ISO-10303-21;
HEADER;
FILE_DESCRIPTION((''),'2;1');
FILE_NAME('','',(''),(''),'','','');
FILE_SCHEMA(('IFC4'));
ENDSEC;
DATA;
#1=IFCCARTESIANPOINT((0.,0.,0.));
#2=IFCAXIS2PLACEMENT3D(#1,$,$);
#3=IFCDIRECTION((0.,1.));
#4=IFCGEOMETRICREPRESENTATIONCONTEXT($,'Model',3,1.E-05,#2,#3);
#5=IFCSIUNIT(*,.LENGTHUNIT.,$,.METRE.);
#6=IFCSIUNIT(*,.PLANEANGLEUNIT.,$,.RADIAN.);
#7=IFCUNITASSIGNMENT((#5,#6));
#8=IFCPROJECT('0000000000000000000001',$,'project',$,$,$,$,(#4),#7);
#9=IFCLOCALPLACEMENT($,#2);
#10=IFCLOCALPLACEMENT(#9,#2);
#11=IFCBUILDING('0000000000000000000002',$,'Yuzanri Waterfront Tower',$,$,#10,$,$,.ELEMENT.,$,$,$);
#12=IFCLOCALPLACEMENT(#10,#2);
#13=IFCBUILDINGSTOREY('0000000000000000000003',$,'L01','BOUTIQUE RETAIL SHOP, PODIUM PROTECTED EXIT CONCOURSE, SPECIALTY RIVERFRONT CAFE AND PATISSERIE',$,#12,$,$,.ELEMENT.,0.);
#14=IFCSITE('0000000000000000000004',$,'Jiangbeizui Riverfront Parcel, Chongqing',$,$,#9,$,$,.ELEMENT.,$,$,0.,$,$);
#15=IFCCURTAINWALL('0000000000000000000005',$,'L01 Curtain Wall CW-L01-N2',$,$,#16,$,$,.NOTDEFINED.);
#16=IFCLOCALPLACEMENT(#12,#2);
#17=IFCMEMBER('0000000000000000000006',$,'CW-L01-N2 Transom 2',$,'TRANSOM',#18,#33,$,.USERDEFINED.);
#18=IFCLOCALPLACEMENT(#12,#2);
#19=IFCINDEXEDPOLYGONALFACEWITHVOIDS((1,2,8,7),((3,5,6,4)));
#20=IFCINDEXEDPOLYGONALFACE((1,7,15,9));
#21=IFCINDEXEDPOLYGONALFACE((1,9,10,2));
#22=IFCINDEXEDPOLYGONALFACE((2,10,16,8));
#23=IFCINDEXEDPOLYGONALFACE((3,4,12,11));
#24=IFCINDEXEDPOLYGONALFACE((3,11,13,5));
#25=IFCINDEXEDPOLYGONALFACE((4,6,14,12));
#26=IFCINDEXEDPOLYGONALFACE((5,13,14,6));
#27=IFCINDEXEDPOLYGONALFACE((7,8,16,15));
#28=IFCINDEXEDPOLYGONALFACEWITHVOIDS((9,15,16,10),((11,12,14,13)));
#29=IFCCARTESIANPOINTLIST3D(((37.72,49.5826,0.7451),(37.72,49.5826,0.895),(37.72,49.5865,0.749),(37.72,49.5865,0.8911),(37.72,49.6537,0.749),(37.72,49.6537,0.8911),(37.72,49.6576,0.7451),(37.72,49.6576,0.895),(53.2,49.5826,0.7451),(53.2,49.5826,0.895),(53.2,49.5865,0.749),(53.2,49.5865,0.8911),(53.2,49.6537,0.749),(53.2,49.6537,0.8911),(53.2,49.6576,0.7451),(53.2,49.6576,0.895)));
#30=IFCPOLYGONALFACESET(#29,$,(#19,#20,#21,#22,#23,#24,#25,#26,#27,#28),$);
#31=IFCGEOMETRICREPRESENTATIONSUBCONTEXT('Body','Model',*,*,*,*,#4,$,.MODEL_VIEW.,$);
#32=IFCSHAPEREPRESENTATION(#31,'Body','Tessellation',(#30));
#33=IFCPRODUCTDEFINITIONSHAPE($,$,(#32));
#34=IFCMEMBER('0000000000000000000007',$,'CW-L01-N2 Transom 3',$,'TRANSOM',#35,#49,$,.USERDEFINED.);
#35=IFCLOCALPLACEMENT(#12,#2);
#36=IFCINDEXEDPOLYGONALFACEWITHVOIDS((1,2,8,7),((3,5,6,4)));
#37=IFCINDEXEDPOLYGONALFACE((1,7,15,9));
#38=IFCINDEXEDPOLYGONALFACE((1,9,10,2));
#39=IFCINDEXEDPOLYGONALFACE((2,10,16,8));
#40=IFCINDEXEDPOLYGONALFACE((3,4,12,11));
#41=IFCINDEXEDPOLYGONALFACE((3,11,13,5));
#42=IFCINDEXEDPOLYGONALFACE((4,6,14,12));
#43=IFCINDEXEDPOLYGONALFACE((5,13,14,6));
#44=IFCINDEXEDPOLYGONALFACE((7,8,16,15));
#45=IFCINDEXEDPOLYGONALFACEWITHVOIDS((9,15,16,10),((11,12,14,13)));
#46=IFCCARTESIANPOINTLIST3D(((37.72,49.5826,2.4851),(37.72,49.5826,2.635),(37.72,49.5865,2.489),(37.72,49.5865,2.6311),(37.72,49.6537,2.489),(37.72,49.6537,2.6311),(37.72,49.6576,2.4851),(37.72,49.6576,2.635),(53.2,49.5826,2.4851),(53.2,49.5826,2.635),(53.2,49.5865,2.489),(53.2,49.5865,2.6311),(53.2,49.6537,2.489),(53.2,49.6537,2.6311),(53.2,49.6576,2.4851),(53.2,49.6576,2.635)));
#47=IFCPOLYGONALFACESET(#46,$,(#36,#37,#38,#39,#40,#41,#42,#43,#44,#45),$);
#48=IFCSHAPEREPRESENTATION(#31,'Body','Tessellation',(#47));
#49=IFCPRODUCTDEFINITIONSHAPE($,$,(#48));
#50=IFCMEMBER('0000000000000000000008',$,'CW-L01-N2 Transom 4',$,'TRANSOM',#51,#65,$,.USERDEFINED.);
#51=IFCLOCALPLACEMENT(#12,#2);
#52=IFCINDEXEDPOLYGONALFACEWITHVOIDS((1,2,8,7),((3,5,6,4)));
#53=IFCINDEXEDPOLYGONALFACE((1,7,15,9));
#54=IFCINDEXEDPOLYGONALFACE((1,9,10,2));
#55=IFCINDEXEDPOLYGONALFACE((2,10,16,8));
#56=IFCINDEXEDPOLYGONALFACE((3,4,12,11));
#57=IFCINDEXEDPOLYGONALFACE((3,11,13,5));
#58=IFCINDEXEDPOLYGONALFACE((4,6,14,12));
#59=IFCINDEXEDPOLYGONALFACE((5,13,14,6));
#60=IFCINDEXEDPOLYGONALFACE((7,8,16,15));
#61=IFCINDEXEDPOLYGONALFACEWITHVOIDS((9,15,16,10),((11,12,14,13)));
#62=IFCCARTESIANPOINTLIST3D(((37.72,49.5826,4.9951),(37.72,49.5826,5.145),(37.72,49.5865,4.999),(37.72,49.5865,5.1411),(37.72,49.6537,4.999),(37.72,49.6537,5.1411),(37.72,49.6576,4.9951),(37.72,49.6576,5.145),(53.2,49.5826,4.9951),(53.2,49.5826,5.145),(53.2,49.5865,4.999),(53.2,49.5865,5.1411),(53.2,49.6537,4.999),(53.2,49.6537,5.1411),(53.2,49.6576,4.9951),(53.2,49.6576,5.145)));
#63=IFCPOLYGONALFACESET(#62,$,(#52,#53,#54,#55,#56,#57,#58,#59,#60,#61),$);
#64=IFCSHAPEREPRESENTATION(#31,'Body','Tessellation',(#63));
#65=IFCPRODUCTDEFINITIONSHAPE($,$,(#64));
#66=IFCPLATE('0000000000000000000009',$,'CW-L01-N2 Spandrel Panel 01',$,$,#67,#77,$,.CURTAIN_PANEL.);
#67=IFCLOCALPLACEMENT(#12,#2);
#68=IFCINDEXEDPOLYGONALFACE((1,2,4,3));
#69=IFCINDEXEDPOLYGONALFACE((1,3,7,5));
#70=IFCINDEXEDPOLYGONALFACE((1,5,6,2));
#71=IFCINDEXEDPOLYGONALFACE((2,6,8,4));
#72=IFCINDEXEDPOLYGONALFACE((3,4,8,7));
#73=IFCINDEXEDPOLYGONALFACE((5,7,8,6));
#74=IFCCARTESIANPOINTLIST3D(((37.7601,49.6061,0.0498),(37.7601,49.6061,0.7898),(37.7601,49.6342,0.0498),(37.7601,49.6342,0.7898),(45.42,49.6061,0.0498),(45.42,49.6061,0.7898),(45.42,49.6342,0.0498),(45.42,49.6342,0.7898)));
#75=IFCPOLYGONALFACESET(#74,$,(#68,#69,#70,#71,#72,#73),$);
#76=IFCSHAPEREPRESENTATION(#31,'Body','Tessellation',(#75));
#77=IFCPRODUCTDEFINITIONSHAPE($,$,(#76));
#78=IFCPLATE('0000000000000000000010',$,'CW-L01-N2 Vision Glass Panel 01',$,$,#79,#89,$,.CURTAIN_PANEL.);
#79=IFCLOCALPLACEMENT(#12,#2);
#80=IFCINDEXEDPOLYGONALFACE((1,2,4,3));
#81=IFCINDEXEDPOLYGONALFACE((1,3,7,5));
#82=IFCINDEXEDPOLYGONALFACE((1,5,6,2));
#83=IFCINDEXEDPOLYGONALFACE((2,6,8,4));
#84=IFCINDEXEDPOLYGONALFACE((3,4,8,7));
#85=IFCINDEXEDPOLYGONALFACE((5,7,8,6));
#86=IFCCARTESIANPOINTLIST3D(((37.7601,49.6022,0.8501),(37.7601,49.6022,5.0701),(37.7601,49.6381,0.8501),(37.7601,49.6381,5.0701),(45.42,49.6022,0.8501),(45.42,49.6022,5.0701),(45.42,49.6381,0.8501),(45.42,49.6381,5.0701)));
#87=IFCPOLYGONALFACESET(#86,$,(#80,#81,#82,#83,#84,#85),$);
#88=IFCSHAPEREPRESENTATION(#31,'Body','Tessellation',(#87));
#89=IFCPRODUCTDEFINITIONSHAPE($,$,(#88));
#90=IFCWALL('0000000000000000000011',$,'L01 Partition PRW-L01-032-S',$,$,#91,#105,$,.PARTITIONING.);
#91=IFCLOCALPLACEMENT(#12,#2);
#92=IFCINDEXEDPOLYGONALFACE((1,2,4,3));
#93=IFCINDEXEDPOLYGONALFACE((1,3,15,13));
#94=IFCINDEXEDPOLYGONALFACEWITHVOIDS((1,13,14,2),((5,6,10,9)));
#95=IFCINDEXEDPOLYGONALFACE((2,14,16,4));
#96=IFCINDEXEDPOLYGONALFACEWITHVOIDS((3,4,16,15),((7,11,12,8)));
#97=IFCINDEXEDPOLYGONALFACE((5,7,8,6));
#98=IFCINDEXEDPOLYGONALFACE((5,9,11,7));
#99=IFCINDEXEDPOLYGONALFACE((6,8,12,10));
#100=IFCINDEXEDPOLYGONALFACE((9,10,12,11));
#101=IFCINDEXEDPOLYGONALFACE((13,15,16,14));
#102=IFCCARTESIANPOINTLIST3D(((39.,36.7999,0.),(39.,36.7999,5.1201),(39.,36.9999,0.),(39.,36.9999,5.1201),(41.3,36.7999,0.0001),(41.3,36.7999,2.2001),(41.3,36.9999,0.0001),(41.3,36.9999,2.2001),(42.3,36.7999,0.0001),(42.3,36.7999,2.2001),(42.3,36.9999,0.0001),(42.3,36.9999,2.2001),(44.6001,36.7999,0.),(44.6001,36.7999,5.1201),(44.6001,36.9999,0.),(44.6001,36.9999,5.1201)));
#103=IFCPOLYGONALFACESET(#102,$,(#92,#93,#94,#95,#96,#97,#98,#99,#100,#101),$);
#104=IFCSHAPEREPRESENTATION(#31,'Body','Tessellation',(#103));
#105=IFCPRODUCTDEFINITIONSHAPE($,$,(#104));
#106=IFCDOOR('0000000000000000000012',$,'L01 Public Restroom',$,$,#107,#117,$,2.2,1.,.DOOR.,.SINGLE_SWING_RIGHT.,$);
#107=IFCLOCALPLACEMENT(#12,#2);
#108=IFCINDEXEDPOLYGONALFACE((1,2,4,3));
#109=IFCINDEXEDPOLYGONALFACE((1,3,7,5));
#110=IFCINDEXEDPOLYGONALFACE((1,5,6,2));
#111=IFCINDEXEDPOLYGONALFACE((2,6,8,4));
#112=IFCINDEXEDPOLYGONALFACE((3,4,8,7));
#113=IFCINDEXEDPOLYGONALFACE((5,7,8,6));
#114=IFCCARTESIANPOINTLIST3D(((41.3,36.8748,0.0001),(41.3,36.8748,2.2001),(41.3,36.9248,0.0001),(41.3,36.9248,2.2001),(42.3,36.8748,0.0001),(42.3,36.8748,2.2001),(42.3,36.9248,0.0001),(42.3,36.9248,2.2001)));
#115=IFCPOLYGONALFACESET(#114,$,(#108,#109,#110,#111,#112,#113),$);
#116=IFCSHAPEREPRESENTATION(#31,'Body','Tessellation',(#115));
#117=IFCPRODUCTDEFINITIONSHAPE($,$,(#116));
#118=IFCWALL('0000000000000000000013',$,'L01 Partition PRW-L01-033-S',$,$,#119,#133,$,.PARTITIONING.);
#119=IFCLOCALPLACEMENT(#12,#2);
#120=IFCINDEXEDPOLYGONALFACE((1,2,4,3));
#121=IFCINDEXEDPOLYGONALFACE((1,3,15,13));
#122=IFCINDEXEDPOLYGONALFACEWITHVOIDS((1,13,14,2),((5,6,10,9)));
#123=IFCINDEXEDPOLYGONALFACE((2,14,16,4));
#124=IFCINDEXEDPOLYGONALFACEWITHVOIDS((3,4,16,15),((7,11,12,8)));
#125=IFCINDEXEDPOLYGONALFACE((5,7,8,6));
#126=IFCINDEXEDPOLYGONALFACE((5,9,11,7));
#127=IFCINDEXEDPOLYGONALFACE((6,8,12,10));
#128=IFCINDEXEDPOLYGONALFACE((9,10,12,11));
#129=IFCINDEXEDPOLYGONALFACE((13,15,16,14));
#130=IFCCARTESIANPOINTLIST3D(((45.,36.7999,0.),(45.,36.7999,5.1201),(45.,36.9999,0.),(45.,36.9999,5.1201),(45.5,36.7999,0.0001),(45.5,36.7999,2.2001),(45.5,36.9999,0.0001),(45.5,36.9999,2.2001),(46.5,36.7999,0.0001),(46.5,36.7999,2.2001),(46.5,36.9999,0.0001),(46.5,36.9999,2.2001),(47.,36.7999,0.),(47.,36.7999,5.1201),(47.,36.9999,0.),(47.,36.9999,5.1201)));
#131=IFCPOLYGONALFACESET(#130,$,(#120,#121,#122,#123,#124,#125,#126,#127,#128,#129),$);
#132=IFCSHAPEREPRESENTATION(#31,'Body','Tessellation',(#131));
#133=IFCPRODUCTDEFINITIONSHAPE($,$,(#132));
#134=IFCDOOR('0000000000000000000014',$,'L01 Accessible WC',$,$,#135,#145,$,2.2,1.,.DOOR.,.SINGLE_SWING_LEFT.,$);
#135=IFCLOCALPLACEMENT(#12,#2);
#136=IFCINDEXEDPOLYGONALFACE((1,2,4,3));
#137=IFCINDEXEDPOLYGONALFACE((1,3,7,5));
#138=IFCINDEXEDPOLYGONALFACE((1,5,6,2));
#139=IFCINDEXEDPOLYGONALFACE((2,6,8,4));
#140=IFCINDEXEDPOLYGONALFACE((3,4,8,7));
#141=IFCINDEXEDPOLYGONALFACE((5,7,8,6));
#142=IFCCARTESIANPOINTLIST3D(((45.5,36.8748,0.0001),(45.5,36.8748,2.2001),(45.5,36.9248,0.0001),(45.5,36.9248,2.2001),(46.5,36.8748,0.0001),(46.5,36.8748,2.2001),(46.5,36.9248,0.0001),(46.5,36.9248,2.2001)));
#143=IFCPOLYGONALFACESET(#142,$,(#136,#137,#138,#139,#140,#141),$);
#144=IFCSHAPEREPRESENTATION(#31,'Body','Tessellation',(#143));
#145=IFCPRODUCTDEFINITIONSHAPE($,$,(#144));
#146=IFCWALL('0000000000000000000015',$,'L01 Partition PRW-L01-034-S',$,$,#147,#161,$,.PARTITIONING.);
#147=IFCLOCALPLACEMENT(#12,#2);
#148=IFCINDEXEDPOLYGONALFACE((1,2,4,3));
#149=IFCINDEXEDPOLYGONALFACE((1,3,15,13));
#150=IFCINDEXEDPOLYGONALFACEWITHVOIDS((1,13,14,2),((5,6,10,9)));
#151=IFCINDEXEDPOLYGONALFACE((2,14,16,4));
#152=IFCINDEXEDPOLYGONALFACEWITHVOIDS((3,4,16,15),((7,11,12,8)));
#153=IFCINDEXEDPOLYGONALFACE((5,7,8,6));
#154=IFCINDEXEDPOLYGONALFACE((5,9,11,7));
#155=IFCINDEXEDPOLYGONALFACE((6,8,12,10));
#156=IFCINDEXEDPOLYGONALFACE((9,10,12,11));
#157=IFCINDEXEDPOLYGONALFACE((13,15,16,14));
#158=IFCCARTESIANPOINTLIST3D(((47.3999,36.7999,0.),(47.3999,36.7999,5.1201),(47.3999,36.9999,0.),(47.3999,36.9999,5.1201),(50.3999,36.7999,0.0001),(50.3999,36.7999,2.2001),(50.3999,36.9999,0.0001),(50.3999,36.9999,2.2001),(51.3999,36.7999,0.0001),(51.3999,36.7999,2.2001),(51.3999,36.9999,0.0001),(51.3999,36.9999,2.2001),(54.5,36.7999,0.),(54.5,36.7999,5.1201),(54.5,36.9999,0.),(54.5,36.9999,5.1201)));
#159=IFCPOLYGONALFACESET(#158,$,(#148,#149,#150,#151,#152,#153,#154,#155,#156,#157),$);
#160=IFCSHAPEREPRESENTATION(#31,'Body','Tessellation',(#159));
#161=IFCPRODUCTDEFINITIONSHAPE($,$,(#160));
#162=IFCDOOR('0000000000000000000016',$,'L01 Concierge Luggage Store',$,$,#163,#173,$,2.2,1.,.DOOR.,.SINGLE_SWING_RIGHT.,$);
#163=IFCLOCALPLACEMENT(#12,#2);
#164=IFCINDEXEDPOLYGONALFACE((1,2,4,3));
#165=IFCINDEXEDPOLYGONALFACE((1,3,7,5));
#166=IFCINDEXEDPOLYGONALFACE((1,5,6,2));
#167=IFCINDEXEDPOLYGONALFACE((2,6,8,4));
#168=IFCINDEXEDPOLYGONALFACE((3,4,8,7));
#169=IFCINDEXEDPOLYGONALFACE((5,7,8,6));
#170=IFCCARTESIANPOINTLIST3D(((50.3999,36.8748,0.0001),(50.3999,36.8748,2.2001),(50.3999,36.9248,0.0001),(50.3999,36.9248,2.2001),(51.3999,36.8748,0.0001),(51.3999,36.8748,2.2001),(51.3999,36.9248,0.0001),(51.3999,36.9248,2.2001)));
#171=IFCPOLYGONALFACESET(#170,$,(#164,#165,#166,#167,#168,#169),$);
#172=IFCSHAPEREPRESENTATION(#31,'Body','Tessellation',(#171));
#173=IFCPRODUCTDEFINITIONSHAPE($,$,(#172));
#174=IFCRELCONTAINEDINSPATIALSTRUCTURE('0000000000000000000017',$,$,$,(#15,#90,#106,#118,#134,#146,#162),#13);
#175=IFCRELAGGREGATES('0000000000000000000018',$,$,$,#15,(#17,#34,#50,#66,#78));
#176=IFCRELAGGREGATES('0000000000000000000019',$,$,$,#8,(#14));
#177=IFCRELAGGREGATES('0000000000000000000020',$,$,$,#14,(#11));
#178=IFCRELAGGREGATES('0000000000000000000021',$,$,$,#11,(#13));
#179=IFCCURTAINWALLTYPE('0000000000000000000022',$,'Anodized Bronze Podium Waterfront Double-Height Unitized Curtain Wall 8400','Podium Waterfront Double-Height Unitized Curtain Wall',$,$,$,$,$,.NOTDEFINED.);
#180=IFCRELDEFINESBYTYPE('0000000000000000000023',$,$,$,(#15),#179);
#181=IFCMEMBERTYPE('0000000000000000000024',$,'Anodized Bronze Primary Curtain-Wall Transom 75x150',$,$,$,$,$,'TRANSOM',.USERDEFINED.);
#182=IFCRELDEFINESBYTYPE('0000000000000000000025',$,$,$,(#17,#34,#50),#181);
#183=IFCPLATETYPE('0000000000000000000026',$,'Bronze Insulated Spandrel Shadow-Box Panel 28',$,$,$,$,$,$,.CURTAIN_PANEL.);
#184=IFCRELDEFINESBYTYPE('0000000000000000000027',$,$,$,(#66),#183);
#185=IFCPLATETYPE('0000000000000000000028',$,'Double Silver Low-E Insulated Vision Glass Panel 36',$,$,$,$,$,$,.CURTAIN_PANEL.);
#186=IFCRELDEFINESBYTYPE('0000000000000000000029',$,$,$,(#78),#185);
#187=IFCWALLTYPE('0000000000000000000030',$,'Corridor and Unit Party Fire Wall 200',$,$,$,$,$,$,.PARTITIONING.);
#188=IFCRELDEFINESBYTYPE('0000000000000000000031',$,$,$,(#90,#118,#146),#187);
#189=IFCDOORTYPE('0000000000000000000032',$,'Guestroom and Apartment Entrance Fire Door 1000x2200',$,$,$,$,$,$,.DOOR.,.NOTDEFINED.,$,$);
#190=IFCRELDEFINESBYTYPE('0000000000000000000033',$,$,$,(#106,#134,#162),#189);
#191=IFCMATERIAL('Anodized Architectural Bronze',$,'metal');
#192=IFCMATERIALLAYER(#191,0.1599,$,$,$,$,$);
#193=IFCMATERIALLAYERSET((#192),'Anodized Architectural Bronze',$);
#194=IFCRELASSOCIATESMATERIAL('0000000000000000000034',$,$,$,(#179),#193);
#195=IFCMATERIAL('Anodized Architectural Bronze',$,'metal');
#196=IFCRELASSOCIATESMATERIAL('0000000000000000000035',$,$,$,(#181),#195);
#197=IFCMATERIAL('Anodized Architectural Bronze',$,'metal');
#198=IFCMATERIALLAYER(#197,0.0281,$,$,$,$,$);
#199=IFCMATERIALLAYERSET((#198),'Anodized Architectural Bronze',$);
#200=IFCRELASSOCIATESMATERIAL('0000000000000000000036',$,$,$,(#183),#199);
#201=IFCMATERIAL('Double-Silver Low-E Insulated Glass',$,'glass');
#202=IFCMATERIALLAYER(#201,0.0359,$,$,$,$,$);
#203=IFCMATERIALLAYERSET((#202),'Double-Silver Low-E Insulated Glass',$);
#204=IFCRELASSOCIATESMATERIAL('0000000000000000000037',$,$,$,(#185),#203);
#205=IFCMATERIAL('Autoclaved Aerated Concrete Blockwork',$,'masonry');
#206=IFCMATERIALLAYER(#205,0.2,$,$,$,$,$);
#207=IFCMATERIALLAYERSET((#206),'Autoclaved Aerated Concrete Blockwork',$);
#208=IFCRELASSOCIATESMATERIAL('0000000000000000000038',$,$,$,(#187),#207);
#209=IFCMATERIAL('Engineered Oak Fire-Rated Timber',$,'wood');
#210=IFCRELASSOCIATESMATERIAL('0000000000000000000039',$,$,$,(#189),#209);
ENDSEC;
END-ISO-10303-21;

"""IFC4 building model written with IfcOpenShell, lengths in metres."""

from ifc_helpers import new_model, si_unit, direction, frame, frame_2d, origin, origin_2d, place, context, subcontext, project, spatial, rectangle, hollow_rectangle, extrude, source, transform, mapped, material, layer, layer_set, material_profile, profile_set, type_object, element, fill, aggregate, save


model = new_model("IFC4")

# Units and contexts
model_context = context("Model", 3, precision=1e-05, world=origin(), true_north=direction((0.0, 1.0)))
body_context = subcontext(model_context, "Body", "Model", "MODEL_VIEW")
ifc_project = project(units=[si_unit("LENGTHUNIT", "METRE"), si_unit("PLANEANGLEUNIT", "RADIAN")], contexts=[model_context])

# Site, building, storey
site_placement = place(None, origin())
site = spatial("IfcSite", under=ifc_project, at=site_placement, Name="Jiangbeizui Riverfront Parcel, Chongqing", CompositionType="ELEMENT", RefElevation=0.0)
building_placement = place(site_placement, origin())
building = spatial("IfcBuilding", under=site, at=building_placement, Name="Yuzanri Waterfront Tower", CompositionType="ELEMENT")
storey_placement = place(building_placement, origin())
storey = spatial("IfcBuildingStorey", under=building, at=storey_placement, Name="L01", Description="BOUTIQUE RETAIL SHOP, PODIUM PROTECTED EXIT CONCOURSE, SPECIALTY RIVERFRONT CAFE AND PATISSERIE", CompositionType="ELEMENT", Elevation=0.0)

# Curtain wall, members, plates
ifc_material_1 = material(Name="Anodized Architectural Bronze", Category="metal")
ifc_layer_1 = layer(ifc_material_1, 0.1599)
ifc_layer_set_1 = layer_set([ifc_layer_1], Name="Anodized Architectural Bronze")
curtain_wall_type = type_object("IfcCurtainWallType", Name="Anodized Bronze Podium Waterfront Double-Height Unitized Curtain Wall 8400", Description="Podium Waterfront Double-Height Unitized Curtain Wall", PredefinedType="NOTDEFINED", material=ifc_layer_set_1)
curtain_wall_placement = place(storey_placement, origin())
curtain_wall = element("IfcCurtainWall", 1, at=curtain_wall_placement, inside=storey, type_object=curtain_wall_type, Name="L01 Curtain Wall CW-L01-N2", PredefinedType="NOTDEFINED")
ifc_material_2 = material(Name="Anodized Architectural Bronze", Category="metal")
ifc_material_profile_1 = material_profile(ifc_material_2, hollow_rectangle(XDim=0.075, YDim=0.1499, WallThickness=0.0039, at=origin_2d()), Name="CWT 75x150")
ifc_profile_set_1 = profile_set([ifc_material_profile_1], Name="Anodized Architectural Bronze")
member_type_1 = type_object("IfcMemberType", Name="Anodized Bronze Primary Curtain-Wall Transom 75x150", ElementType="TRANSOM", PredefinedType="USERDEFINED", material=ifc_profile_set_1)
shared_shape_1 = source(origin(), body_context, "Body", "SweptSolid", [
    extrude(hollow_rectangle(XDim=0.075, YDim=0.1499, WallThickness=0.0039, at=origin_2d()), origin(), (0.0, 0.0, 1.0), 15.48),
])
member_1_placement = place(storey_placement, frame((37.72, 49.6201, 0.8201), z_axis=(1.0, 0.0, 0.0), x_axis=(0.0, 1.0, 0.0)))
member_1 = element("IfcMember", 2, at=member_1_placement, type_object=member_type_1, Name="CW-L01-N2 Transom 2", ObjectType="TRANSOM", PredefinedType="USERDEFINED", context=body_context, shape_type="MappedRepresentation", body=[
    mapped(shared_shape_1, transform((0.0, 0.0, 0.0), scale=1.0)),
])
member_2_placement = place(storey_placement, frame((37.72, 49.6201, 2.5601), z_axis=(1.0, 0.0, 0.0), x_axis=(0.0, 1.0, 0.0)))
member_2 = element("IfcMember", 3, at=member_2_placement, type_object=member_type_1, Name="CW-L01-N2 Transom 3", ObjectType="TRANSOM", PredefinedType="USERDEFINED", context=body_context, shape_type="MappedRepresentation", body=[
    mapped(shared_shape_1, transform((0.0, 0.0, 0.0), scale=1.0)),
])
member_3_placement = place(storey_placement, frame((37.72, 49.6201, 5.0701), z_axis=(1.0, 0.0, 0.0), x_axis=(0.0, 1.0, 0.0)))
member_3 = element("IfcMember", 4, at=member_3_placement, type_object=member_type_1, Name="CW-L01-N2 Transom 4", ObjectType="TRANSOM", PredefinedType="USERDEFINED", context=body_context, shape_type="MappedRepresentation", body=[
    mapped(shared_shape_1, transform((0.0, 0.0, 0.0), scale=1.0)),
])
ifc_material_3 = material(Name="Anodized Architectural Bronze", Category="metal")
ifc_layer_2 = layer(ifc_material_3, 0.0281)
ifc_layer_set_2 = layer_set([ifc_layer_2], Name="Anodized Architectural Bronze")
plate_type_1 = type_object("IfcPlateType", Name="Bronze Insulated Spandrel Shadow-Box Panel 28", PredefinedType="CURTAIN_PANEL", material=ifc_layer_set_2)
shared_shape_2 = source(origin(), body_context, "Body", "SweptSolid", [
    extrude(rectangle(XDim=7.6599, YDim=0.0281, at=origin_2d()), origin(), (0.0, 0.0, 1.0), 0.74),
])
plate_1_placement = place(storey_placement, frame((41.5901, 49.6201, 0.0498), z_axis=(0.0, 0.0, 1.0), x_axis=(1.0, 0.0, 0.0)))
plate_1 = element("IfcPlate", 5, at=plate_1_placement, type_object=plate_type_1, Name="CW-L01-N2 Spandrel Panel 01", PredefinedType="CURTAIN_PANEL", context=body_context, shape_type="MappedRepresentation", body=[
    mapped(shared_shape_2, transform((0.0, 0.0, 0.0), scale=1.0)),
])
ifc_material_4 = material(Name="Double-Silver Low-E Insulated Glass", Category="glass")
ifc_layer_3 = layer(ifc_material_4, 0.0359)
ifc_layer_set_3 = layer_set([ifc_layer_3], Name="Double-Silver Low-E Insulated Glass")
plate_type_2 = type_object("IfcPlateType", Name="Double Silver Low-E Insulated Vision Glass Panel 36", PredefinedType="CURTAIN_PANEL", material=ifc_layer_set_3)
shared_shape_3 = source(origin(), body_context, "Body", "SweptSolid", [
    extrude(rectangle(XDim=7.6599, YDim=0.0359, at=origin_2d()), origin(), (0.0, 0.0, 1.0), 4.22),
])
plate_2_placement = place(storey_placement, frame((41.5901, 49.6201, 0.8501), z_axis=(0.0, 0.0, 1.0), x_axis=(1.0, 0.0, 0.0)))
plate_2 = element("IfcPlate", 6, at=plate_2_placement, type_object=plate_type_2, Name="CW-L01-N2 Vision Glass Panel 01", PredefinedType="CURTAIN_PANEL", context=body_context, shape_type="MappedRepresentation", body=[
    mapped(shared_shape_3, transform((0.0, 0.0, 0.0), scale=1.0)),
])
aggregate(curtain_wall, [member_1, member_2, member_3, plate_1, plate_2])

# Walls, openings, doors
ifc_material_5 = material(Name="Autoclaved Aerated Concrete Blockwork", Category="masonry")
ifc_layer_4 = layer(ifc_material_5, 0.2)
ifc_layer_set_4 = layer_set([ifc_layer_4], Name="Autoclaved Aerated Concrete Blockwork")
wall_type_1 = type_object("IfcWallType", Name="Corridor and Unit Party Fire Wall 200", PredefinedType="PARTITIONING", material=ifc_layer_set_4)
wall_1_placement = place(storey_placement, frame((39.0, 36.8999, 0.0), z_axis=(0.0, 0.0, 1.0), x_axis=(1.0, 0.0, 0.0)))
wall_1 = element("IfcWall", 7, at=wall_1_placement, inside=storey, type_object=wall_type_1, Name="L01 Partition PRW-L01-032-S", PredefinedType="PARTITIONING", context=body_context, shape_type="SweptSolid", body=[
    extrude(rectangle(XDim=5.6001, YDim=0.2, at=frame_2d((2.8, 0.0))), origin(), (0.0, 0.0, 1.0), 5.1201),
])
opening_1_placement = place(wall_1_placement, frame((2.3, 0.0, 0.0)))
opening_1 = element("IfcOpeningElement", 8, at=opening_1_placement, cuts=wall_1, PredefinedType="OPENING", context=body_context, shape_type="SweptSolid", body=[
    extrude(rectangle(XDim=1.0, YDim=2.2, at=frame_2d((0.5, 1.1001))), frame((0.0, 0.1147, 0.0), z_axis=(0.0, -1.0, 0.0), x_axis=(1.0, 0.0, 0.0)), (0.0, 0.0, 1.0), 0.2297),
])
ifc_material_6 = material(Name="Engineered Oak Fire-Rated Timber", Category="wood")
door_type = type_object("IfcDoorType", Name="Guestroom and Apartment Entrance Fire Door 1000x2200", OperationType="NOTDEFINED", PredefinedType="DOOR", material=ifc_material_6)
shared_shape_4 = source(origin(), body_context, "Body", "SweptSolid", [
    extrude(rectangle(XDim=1.0, YDim=2.2, at=frame_2d((0.5, 1.1001))), frame((0.0, 0.0249, 0.0), z_axis=(0.0, -1.0, 0.0), x_axis=(1.0, 0.0, 0.0)), (0.0, 0.0, 1.0), 0.05),
])
door_1_placement = place(opening_1_placement, origin())
door_1 = element("IfcDoor", 9, at=door_1_placement, inside=storey, type_object=door_type, Name="L01 Public Restroom", OperationType="SINGLE_SWING_RIGHT", OverallHeight=2.2, OverallWidth=1.0, PredefinedType="DOOR", context=body_context, shape_type="MappedRepresentation", body=[
    mapped(shared_shape_4, transform((0.0, 0.0, 0.0), scale=1.0)),
])
fill(opening_1, door_1)
wall_2_placement = place(storey_placement, frame((45.0, 36.8999, 0.0), z_axis=(0.0, 0.0, 1.0), x_axis=(1.0, 0.0, 0.0)))
wall_2 = element("IfcWall", 10, at=wall_2_placement, inside=storey, type_object=wall_type_1, Name="L01 Partition PRW-L01-033-S", PredefinedType="PARTITIONING", context=body_context, shape_type="SweptSolid", body=[
    extrude(rectangle(XDim=2.0, YDim=0.2, at=frame_2d((1.0, 0.0))), origin(), (0.0, 0.0, 1.0), 5.1201),
])
opening_2_placement = place(wall_2_placement, frame((0.5, 0.0, 0.0)))
opening_2 = element("IfcOpeningElement", 11, at=opening_2_placement, cuts=wall_2, PredefinedType="OPENING", context=body_context, shape_type="SweptSolid", body=[
    extrude(rectangle(XDim=1.0, YDim=2.2, at=frame_2d((0.5, 1.1001))), frame((0.0, 0.1147, 0.0), z_axis=(0.0, -1.0, 0.0), x_axis=(1.0, 0.0, 0.0)), (0.0, 0.0, 1.0), 0.2297),
])
door_2_placement = place(opening_2_placement, origin())
door_2 = element("IfcDoor", 12, at=door_2_placement, inside=storey, type_object=door_type, Name="L01 Accessible WC", OperationType="SINGLE_SWING_LEFT", OverallHeight=2.2, OverallWidth=1.0, PredefinedType="DOOR", context=body_context, shape_type="MappedRepresentation", body=[
    mapped(shared_shape_4, transform((0.0, 0.0, 0.0), scale=1.0)),
])
fill(opening_2, door_2)
wall_3_placement = place(storey_placement, frame((47.3999, 36.8999, 0.0), z_axis=(0.0, 0.0, 1.0), x_axis=(1.0, 0.0, 0.0)))
wall_3 = element("IfcWall", 13, at=wall_3_placement, inside=storey, type_object=wall_type_1, Name="L01 Partition PRW-L01-034-S", PredefinedType="PARTITIONING", context=body_context, shape_type="SweptSolid", body=[
    extrude(rectangle(XDim=7.1001, YDim=0.2, at=frame_2d((3.55, 0.0))), origin(), (0.0, 0.0, 1.0), 5.1201),
])
opening_3_placement = place(wall_3_placement, frame((3.0, 0.0, 0.0)))
opening_3 = element("IfcOpeningElement", 14, at=opening_3_placement, cuts=wall_3, PredefinedType="OPENING", context=body_context, shape_type="SweptSolid", body=[
    extrude(rectangle(XDim=1.0, YDim=2.2, at=frame_2d((0.5, 1.1001))), frame((0.0, 0.1147, 0.0), z_axis=(0.0, -1.0, 0.0), x_axis=(1.0, 0.0, 0.0)), (0.0, 0.0, 1.0), 0.2297),
])
door_3_placement = place(opening_3_placement, origin())
door_3 = element("IfcDoor", 15, at=door_3_placement, inside=storey, type_object=door_type, Name="L01 Concierge Luggage Store", OperationType="SINGLE_SWING_RIGHT", OverallHeight=2.2, OverallWidth=1.0, PredefinedType="DOOR", context=body_context, shape_type="MappedRepresentation", body=[
    mapped(shared_shape_4, transform((0.0, 0.0, 0.0), scale=1.0)),
])
fill(opening_3, door_3)

save(model, "model.ifc")
